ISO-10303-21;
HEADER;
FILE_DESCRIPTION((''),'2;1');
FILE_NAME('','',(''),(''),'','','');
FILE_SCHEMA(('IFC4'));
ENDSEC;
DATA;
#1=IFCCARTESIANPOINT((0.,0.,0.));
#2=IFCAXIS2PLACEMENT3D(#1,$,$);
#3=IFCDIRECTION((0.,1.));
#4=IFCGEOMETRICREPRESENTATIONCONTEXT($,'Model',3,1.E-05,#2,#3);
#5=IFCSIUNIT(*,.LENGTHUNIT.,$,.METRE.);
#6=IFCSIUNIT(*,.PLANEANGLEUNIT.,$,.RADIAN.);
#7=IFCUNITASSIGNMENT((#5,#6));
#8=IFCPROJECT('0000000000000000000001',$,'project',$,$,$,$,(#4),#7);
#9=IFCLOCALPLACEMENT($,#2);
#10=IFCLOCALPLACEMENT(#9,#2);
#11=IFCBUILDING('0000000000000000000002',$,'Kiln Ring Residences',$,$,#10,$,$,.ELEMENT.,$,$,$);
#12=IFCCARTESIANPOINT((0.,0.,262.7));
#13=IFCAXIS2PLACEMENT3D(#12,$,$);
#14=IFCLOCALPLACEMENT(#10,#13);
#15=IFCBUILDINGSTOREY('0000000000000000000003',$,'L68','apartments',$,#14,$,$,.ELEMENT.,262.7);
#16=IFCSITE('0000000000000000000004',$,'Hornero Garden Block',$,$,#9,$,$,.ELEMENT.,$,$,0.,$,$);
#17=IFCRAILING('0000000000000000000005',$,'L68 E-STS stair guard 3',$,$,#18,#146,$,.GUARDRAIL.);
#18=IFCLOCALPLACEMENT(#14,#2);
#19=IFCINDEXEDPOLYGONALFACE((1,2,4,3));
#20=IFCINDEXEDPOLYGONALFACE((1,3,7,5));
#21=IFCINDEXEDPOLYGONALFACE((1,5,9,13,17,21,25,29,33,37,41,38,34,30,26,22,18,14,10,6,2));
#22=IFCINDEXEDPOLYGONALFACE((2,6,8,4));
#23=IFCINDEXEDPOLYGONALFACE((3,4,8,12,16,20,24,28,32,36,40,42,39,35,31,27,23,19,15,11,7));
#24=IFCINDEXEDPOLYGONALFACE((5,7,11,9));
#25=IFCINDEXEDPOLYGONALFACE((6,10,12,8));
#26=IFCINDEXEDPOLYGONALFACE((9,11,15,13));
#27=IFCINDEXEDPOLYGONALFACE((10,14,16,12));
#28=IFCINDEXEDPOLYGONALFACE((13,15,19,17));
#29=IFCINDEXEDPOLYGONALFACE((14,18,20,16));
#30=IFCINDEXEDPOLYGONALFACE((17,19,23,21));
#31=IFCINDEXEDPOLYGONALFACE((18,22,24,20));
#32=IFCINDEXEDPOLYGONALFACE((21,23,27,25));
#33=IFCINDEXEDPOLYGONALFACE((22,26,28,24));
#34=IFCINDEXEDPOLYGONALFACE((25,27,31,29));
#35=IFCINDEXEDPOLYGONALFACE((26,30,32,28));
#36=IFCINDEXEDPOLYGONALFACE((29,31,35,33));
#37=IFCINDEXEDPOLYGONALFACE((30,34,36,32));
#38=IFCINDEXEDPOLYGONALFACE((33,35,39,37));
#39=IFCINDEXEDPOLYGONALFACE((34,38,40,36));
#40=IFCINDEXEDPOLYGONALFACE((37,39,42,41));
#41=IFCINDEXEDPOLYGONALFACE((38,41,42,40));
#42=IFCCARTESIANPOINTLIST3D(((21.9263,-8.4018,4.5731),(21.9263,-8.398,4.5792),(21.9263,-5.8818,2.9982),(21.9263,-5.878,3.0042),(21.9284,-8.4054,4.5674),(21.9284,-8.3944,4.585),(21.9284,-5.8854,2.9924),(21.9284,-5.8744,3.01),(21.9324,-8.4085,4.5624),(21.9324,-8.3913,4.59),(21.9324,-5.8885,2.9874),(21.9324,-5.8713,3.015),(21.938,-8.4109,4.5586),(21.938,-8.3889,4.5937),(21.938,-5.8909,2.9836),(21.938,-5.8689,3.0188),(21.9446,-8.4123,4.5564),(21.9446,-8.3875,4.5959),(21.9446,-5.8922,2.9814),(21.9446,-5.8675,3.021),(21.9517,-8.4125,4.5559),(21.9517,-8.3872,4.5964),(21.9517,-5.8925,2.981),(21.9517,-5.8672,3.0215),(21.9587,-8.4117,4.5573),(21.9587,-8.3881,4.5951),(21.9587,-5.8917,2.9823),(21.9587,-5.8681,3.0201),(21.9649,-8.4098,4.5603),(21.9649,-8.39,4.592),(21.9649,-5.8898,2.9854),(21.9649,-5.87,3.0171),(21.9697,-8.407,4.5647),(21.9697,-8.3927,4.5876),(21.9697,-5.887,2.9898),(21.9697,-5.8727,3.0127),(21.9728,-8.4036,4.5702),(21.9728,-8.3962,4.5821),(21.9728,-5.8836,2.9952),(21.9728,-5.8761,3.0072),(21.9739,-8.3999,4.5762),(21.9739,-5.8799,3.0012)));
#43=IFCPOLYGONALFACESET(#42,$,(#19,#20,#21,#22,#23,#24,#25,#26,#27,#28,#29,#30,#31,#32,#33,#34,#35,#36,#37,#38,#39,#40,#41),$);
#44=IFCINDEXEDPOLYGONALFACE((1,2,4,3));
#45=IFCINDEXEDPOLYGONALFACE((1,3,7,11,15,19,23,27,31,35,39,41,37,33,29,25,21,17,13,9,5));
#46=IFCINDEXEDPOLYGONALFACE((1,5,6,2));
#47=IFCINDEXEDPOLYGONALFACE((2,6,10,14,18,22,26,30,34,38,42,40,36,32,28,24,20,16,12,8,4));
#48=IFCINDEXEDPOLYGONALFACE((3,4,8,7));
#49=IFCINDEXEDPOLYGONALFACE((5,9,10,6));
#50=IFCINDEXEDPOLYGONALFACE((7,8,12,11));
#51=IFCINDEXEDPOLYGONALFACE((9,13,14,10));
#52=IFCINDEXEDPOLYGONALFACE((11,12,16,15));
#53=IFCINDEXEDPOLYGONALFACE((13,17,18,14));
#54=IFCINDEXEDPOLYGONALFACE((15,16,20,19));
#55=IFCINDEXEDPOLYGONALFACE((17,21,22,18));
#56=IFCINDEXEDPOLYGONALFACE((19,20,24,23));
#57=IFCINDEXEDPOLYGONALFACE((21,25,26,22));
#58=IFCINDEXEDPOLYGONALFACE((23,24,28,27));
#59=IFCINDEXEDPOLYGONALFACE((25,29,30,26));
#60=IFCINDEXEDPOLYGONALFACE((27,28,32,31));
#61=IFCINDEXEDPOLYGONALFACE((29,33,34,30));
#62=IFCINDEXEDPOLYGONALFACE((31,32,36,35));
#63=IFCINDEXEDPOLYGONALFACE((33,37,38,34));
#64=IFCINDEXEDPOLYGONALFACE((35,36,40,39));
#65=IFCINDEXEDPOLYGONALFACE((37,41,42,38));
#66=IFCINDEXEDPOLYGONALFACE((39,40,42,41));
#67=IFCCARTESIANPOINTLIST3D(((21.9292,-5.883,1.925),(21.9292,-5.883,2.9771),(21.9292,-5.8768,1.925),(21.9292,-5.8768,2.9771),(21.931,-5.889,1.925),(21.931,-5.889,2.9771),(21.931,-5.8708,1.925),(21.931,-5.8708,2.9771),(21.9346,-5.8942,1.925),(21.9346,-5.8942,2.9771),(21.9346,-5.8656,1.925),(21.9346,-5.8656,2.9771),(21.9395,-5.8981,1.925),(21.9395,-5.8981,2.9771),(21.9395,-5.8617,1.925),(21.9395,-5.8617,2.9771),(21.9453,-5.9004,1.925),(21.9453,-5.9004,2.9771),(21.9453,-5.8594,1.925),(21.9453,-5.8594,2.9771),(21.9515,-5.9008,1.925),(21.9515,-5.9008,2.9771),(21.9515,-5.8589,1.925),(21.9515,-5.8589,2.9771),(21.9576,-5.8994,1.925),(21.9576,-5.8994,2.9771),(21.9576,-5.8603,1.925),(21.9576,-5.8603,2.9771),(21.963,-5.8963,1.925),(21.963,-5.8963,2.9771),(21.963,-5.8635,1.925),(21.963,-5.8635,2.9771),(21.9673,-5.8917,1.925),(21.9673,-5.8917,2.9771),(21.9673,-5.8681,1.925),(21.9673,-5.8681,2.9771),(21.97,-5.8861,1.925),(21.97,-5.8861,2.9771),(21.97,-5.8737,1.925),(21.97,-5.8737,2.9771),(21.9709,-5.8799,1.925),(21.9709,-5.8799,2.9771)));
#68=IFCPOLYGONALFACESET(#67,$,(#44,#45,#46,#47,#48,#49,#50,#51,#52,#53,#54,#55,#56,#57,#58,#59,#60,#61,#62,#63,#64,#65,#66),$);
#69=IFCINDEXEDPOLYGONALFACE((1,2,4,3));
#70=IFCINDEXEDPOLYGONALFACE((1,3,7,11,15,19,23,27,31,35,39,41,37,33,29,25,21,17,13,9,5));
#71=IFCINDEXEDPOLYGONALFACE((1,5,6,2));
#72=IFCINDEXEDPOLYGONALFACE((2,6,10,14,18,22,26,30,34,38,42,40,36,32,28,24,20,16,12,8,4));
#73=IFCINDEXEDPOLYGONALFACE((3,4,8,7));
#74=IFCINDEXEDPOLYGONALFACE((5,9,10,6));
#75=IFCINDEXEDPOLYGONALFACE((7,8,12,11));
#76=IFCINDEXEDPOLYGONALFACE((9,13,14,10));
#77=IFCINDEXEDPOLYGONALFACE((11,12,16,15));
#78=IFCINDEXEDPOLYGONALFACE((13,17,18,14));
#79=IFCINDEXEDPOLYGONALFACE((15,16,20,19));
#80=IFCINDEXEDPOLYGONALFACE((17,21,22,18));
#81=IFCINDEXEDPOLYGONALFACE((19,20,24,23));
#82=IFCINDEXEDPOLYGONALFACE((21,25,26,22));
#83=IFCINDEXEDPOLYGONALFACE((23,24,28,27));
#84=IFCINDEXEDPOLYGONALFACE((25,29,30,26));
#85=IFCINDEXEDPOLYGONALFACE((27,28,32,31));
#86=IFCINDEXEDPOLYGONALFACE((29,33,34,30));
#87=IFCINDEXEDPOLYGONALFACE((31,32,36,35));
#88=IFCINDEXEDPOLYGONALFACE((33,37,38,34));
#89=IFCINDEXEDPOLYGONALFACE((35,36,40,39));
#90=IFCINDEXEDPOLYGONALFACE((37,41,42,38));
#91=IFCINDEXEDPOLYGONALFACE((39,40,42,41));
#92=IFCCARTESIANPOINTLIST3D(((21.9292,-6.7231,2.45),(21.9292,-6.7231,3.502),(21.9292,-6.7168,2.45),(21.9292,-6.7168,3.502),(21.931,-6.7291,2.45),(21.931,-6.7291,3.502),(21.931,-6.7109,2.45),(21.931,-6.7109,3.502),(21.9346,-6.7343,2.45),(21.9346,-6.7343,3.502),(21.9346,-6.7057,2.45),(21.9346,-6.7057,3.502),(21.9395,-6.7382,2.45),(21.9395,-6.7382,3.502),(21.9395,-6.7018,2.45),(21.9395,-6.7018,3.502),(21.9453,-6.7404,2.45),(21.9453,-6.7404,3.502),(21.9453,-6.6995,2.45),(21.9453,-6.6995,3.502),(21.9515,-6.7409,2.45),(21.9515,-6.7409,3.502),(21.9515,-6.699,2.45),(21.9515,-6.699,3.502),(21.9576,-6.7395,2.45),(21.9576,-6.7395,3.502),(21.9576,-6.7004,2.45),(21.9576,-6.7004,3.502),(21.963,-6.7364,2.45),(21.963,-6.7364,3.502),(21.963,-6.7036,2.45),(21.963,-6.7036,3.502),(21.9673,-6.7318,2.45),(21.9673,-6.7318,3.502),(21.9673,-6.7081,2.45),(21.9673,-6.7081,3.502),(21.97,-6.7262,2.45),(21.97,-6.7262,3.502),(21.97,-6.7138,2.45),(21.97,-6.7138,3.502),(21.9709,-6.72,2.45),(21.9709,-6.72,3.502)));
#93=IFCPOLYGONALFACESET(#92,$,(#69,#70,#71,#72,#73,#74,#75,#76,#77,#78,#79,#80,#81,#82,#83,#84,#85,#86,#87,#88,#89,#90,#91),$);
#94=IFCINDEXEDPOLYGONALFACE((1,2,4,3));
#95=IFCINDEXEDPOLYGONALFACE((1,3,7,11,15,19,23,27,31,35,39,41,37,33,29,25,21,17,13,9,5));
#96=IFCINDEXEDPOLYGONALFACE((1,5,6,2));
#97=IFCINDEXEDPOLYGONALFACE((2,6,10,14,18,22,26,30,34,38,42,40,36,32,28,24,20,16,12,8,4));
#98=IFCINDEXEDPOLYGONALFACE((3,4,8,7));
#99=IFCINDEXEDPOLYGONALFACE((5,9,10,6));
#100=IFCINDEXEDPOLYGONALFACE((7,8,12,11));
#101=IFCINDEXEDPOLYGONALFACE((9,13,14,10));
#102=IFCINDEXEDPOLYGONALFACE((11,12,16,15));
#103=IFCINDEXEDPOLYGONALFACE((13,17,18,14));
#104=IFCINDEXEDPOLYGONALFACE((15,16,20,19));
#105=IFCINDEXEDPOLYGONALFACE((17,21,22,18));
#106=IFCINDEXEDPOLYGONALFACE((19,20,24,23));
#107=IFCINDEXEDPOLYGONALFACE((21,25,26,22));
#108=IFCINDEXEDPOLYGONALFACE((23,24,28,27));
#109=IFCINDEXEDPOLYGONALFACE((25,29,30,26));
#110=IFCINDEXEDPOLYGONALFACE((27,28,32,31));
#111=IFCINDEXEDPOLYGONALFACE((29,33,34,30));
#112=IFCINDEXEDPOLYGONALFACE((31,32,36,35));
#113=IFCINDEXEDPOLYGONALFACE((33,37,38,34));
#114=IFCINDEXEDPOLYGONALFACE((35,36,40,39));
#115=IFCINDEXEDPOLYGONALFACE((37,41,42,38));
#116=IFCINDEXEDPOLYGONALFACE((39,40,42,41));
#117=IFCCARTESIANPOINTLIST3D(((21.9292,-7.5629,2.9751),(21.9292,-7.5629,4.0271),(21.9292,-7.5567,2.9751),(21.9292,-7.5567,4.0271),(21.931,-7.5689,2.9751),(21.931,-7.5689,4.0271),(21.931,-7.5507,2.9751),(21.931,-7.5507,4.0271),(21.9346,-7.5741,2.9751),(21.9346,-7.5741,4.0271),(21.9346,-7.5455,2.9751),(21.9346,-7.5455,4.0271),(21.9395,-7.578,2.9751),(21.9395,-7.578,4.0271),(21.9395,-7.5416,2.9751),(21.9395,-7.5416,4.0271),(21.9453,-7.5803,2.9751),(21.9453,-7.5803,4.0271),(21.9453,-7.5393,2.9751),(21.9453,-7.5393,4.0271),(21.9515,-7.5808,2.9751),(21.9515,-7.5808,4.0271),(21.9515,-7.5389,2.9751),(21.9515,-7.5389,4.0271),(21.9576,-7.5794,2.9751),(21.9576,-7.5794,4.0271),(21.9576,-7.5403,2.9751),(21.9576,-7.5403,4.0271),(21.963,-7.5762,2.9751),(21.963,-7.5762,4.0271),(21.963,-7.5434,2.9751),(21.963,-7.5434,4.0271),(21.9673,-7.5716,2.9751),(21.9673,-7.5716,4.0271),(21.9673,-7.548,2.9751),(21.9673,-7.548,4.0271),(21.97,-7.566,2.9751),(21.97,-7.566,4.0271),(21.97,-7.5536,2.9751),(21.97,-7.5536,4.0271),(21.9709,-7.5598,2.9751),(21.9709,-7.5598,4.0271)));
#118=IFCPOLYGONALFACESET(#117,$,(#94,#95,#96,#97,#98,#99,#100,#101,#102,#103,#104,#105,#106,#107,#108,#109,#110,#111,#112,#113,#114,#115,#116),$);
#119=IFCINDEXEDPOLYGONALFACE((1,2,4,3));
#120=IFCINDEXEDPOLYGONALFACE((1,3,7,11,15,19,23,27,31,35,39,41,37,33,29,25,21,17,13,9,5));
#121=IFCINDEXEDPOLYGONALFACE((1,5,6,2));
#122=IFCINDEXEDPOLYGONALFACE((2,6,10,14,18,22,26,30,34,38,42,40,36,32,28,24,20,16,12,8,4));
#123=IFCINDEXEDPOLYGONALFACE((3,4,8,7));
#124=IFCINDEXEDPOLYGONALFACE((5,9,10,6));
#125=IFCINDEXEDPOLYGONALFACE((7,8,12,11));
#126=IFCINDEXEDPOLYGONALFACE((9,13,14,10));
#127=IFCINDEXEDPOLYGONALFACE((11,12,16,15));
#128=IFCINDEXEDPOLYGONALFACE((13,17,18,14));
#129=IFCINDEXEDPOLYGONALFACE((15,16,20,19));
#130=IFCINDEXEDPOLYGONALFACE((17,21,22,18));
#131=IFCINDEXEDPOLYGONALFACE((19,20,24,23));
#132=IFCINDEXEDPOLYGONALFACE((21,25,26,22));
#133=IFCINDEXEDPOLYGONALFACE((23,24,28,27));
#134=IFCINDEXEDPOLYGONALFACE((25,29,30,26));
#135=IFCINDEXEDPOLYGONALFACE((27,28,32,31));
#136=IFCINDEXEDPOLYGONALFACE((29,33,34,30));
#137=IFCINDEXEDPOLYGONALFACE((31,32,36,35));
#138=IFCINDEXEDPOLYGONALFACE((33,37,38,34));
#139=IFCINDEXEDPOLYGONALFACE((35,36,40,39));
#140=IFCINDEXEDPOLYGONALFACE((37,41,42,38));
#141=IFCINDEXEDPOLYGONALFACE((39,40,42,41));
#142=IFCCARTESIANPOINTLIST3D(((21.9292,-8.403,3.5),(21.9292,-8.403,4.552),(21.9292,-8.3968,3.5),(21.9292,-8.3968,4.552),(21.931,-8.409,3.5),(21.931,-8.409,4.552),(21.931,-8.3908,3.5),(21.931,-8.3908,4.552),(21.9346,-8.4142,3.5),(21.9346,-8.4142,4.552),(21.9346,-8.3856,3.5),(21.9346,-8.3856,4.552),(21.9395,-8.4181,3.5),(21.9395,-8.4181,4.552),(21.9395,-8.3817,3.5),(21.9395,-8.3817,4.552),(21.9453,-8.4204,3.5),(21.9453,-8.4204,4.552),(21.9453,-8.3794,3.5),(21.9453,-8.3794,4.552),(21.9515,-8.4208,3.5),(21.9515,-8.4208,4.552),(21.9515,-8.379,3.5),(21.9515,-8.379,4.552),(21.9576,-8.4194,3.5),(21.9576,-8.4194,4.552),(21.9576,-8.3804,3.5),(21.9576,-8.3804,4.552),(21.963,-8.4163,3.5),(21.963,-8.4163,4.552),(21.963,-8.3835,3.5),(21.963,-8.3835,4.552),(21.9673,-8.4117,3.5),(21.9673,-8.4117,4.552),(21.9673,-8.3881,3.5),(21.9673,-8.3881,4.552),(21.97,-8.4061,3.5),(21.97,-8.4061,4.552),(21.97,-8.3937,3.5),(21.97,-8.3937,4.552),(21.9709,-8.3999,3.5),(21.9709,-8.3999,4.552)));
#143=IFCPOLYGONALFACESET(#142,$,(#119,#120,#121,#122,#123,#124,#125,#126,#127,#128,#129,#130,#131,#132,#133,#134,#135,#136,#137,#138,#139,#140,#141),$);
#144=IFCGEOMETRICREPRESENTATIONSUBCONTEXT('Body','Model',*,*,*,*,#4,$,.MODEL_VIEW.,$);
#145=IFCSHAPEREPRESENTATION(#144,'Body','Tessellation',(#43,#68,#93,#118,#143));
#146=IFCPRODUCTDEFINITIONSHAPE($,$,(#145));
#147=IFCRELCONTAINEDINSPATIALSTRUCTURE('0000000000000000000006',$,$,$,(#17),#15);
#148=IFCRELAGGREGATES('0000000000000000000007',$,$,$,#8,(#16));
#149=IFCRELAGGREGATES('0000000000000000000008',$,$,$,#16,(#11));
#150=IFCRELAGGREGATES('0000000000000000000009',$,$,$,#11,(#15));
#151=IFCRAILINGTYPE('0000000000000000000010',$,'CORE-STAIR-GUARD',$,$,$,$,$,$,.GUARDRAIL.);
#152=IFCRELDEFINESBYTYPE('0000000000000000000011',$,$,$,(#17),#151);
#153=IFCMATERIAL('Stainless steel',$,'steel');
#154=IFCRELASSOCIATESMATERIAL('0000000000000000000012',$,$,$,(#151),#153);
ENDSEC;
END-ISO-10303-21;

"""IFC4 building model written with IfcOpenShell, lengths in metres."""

from ifc_helpers import new_model, si_unit, direction, frame, origin, origin_2d, place, context, subcontext, project, spatial, circle, extrude, material, type_object, element, save


model = new_model("IFC4")

# Units and contexts
model_context = context("Model", 3, precision=1e-05, world=origin(), true_north=direction((0.0, 1.0)))
body_context = subcontext(model_context, "Body", "Model", "MODEL_VIEW")
ifc_project = project(units=[si_unit("LENGTHUNIT", "METRE"), si_unit("PLANEANGLEUNIT", "RADIAN")], contexts=[model_context])

# Site, building, storey
site_placement = place(None, origin())
site = spatial("IfcSite", under=ifc_project, at=site_placement, Name="Hornero Garden Block", CompositionType="ELEMENT", RefElevation=0.0)
building_placement = place(site_placement, origin())
building = spatial("IfcBuilding", under=site, at=building_placement, Name="Kiln Ring Residences", CompositionType="ELEMENT")
storey_placement = place(building_placement, frame((0.0, 0.0, 262.7)))
storey = spatial("IfcBuildingStorey", under=building, at=storey_placement, Name="L68", Description="apartments", CompositionType="ELEMENT", Elevation=262.7)

# Railing
ifc_material_1 = material(Name="Stainless steel", Category="steel")
railing_type_1 = type_object("IfcRailingType", Name="CORE-STAIR-GUARD", PredefinedType="GUARDRAIL", material=ifc_material_1)
railing_1_placement = place(storey_placement, frame((21.95, -5.8799, 1.925)))
element("IfcRailing", 1, at=railing_1_placement, inside=storey, type_object=railing_type_1, Name="L68 E-STS stair guard 3", PredefinedType="GUARDRAIL", context=body_context, shape_type="SweptSolid", body=[
    extrude(circle(Radius=0.0239, at=origin_2d()), frame((0.0, 0.0, 1.0762), z_axis=(0.0, -0.848008, 0.529984), x_axis=(1.0, 0.0, 0.0)), (0.0, 0.0, 1.0), 2.9717),
    extrude(circle(Radius=0.021, at=origin_2d()), origin(), (0.0, 0.0, 1.0), 1.052),
    extrude(circle(Radius=0.021, at=origin_2d()), frame((0.0, -0.8401, 0.5249)), (0.0, 0.0, 1.0), 1.052),
    extrude(circle(Radius=0.021, at=origin_2d()), frame((0.0, -1.6799, 1.05)), (0.0, 0.0, 1.0), 1.052),
    extrude(circle(Radius=0.021, at=origin_2d()), frame((0.0, -2.52, 1.575)), (0.0, 0.0, 1.0), 1.052),
])

save(model, "model.ifc")
